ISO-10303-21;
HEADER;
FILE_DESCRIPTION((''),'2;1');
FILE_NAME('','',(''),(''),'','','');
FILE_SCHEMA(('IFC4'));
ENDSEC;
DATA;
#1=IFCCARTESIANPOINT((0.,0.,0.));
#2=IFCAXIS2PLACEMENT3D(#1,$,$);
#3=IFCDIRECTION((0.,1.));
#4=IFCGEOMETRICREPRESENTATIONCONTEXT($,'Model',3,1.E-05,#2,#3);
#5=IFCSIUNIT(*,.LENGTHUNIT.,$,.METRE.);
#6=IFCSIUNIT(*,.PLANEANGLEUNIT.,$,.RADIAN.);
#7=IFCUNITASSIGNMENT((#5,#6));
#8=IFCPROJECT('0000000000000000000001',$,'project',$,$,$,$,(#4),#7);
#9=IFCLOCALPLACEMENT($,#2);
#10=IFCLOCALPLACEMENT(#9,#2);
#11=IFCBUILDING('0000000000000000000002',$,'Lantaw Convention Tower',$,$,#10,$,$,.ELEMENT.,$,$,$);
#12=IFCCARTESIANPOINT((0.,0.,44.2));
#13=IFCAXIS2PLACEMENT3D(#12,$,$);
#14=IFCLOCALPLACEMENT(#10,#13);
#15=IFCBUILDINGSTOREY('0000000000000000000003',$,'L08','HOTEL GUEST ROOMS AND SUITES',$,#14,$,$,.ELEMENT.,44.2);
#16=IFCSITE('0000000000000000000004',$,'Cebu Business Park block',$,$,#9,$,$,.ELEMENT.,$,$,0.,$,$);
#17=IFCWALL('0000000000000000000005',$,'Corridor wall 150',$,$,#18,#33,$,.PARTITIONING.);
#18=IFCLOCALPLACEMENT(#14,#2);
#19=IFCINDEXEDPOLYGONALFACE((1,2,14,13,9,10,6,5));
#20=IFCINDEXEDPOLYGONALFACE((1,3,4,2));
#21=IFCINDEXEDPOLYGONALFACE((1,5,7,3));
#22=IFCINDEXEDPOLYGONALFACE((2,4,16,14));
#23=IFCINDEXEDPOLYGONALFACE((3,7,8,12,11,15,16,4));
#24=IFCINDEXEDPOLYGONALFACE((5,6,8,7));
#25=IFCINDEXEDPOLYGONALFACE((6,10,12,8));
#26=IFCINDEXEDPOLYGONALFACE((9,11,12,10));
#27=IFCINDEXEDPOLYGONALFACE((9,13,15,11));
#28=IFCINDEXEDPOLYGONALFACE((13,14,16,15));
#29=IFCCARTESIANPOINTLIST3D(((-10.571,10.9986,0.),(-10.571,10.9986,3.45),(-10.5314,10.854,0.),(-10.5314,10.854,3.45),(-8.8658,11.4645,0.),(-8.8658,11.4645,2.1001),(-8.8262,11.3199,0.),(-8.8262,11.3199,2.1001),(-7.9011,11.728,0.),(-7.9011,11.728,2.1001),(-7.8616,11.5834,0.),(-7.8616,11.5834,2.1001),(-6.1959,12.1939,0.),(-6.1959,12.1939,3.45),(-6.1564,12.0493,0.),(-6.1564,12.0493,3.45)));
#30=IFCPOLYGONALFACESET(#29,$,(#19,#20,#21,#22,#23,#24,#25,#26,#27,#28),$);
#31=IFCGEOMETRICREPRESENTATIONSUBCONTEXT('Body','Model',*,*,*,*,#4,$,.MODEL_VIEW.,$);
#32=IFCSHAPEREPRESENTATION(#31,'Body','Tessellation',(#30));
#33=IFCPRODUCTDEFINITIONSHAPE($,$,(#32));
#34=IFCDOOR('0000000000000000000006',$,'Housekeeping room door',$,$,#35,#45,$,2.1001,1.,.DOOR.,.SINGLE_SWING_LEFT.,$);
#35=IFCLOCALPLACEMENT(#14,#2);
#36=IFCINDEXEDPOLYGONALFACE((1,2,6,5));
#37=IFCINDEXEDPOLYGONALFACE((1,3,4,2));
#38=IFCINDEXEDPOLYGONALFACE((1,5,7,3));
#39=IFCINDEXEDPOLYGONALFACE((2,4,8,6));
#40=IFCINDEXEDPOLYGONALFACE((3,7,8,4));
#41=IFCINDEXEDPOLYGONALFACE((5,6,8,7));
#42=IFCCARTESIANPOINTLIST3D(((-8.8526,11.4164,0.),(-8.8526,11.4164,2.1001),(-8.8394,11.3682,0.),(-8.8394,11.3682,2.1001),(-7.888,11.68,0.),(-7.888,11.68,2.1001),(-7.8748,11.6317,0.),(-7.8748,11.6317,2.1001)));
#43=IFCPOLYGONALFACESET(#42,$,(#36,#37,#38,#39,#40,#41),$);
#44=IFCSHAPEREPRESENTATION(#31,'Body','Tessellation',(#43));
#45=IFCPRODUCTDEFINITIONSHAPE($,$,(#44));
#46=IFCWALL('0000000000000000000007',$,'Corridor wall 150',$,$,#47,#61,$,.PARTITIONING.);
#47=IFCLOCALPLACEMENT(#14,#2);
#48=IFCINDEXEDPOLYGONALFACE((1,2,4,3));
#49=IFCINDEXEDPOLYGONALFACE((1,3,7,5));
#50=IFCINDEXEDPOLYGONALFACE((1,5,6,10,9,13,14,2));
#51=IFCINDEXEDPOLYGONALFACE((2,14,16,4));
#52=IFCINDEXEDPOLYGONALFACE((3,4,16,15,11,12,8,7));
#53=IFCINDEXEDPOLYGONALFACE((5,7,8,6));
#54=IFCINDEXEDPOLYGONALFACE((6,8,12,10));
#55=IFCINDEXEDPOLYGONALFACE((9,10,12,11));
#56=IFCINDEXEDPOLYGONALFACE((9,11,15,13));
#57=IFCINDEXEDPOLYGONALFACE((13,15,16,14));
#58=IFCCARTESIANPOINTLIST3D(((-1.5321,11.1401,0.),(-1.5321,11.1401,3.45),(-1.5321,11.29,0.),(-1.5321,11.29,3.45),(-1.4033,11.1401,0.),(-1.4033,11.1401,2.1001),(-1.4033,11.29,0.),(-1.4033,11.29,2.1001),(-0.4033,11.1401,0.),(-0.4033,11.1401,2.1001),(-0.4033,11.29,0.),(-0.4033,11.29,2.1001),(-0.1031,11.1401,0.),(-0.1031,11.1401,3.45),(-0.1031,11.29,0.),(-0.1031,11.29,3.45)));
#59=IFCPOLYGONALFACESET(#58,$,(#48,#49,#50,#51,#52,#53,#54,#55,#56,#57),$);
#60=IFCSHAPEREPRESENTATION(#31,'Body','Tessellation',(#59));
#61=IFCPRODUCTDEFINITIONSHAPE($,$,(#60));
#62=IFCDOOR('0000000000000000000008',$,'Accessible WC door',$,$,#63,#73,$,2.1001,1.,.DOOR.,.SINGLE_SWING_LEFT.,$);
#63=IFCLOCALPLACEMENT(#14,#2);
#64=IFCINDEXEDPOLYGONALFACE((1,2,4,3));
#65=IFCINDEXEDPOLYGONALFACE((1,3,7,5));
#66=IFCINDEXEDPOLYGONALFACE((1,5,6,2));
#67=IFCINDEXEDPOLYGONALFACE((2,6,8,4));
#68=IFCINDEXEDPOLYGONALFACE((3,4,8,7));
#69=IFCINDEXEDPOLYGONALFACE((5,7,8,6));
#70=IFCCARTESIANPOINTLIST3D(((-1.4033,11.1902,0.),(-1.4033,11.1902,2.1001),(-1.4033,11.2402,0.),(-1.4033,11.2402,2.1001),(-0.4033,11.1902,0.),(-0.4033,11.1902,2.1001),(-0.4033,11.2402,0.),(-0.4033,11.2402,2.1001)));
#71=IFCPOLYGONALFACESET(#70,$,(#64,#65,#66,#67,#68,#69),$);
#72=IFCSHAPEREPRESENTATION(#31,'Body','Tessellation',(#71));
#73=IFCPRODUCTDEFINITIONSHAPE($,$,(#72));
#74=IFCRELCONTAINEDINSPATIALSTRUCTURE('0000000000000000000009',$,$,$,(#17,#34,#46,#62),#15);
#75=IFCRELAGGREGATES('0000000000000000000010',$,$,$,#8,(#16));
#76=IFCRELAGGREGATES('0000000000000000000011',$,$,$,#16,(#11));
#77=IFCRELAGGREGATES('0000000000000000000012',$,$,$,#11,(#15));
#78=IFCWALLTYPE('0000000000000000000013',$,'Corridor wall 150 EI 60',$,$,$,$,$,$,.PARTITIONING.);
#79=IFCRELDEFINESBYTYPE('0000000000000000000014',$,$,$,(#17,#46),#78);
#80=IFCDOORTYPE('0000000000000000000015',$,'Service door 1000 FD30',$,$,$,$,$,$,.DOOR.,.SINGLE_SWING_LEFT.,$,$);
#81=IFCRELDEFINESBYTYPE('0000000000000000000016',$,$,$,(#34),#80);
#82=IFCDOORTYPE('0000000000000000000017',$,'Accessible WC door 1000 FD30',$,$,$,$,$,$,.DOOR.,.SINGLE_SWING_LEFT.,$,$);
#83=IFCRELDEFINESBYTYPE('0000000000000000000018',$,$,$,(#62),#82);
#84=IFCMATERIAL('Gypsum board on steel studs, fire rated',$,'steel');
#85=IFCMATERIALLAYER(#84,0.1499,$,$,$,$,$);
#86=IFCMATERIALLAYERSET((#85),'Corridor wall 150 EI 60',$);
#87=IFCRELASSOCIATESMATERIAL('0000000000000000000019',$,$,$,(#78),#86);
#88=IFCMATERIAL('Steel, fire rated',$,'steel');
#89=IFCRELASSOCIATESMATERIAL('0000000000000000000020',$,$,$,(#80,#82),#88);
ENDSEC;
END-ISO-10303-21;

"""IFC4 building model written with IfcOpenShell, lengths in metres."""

from ifc_helpers import new_model, si_unit, direction, frame, frame_2d, origin, place, context, subcontext, project, spatial, rectangle, extrude, material, layer, layer_set, type_object, element, fill, save


model = new_model("IFC4")

# Units and contexts
model_context = context("Model", 3, precision=1e-05, world=origin(), true_north=direction((0.0, 1.0)))
body_context = subcontext(model_context, "Body", "Model", "MODEL_VIEW")
ifc_project = project(units=[si_unit("LENGTHUNIT", "METRE"), si_unit("PLANEANGLEUNIT", "RADIAN")], contexts=[model_context])

# Site, building, storey
site_placement = place(None, origin())
site = spatial("IfcSite", under=ifc_project, at=site_placement, Name="Cebu Business Park block", CompositionType="ELEMENT", RefElevation=0.0)
building_placement = place(site_placement, origin())
building = spatial("IfcBuilding", under=site, at=building_placement, Name="Lantaw Convention Tower", CompositionType="ELEMENT")
storey_placement = place(building_placement, frame((0.0, 0.0, 44.2)))
storey = spatial("IfcBuildingStorey", under=building, at=storey_placement, Name="L08", Description="HOTEL GUEST ROOMS AND SUITES", CompositionType="ELEMENT", Elevation=44.2)

# Walls, openings, doors
ifc_material_1 = material(Name="Gypsum board on steel studs, fire rated", Category="steel")
ifc_layer_1 = layer(ifc_material_1, 0.1499)
ifc_layer_set_1 = layer_set([ifc_layer_1], Name="Corridor wall 150 EI 60")
wall_type_1 = type_object("IfcWallType", Name="Corridor wall 150 EI 60", PredefinedType="PARTITIONING", material=ifc_layer_set_1)
ifc_material_2 = material(Name="Steel, fire rated", Category="steel")
wall_1_placement = place(storey_placement, frame((-6.1763, 12.1216, 0.0), z_axis=(0.0, 0.0, 1.0), x_axis=(-0.964644, -0.263555, 0.0)))
wall_1 = element("IfcWall", 1, at=wall_1_placement, inside=storey, type_object=wall_type_1, Name="Corridor wall 150", PredefinedType="PARTITIONING", context=body_context, shape_type="SweptSolid", body=[
    extrude(rectangle(XDim=4.5354, YDim=0.1499, at=frame_2d((2.2676, 0.0))), origin(), (0.0, 0.0, 1.0), 3.45),
])
opening_1_placement = place(wall_1_placement, frame((1.7676, 0.0, 0.0)))
opening_1 = element("IfcOpeningElement", 2, at=opening_1_placement, cuts=wall_1, PredefinedType="OPENING", context=body_context, shape_type="SweptSolid", body=[
    extrude(rectangle(XDim=1.0, YDim=2.1001, at=frame_2d((0.5, 1.05))), frame((0.0, 0.085, 0.0), z_axis=(0.0, -1.0, 0.0), x_axis=(1.0, 0.0, 0.0)), (0.0, 0.0, 1.0), 0.1699),
])
door_type_1 = type_object("IfcDoorType", Name="Service door 1000 FD30", OperationType="SINGLE_SWING_LEFT", PredefinedType="DOOR", material=ifc_material_2)
door_1_placement = place(opening_1_placement, origin())
door_1 = element("IfcDoor", 3, at=door_1_placement, inside=storey, type_object=door_type_1, Name="Housekeeping room door", OperationType="SINGLE_SWING_LEFT", OverallHeight=2.1001, OverallWidth=1.0, PredefinedType="DOOR", context=body_context, shape_type="SweptSolid", body=[
    extrude(rectangle(XDim=1.0, YDim=2.1001, at=frame_2d((0.5, 1.05))), frame((0.0, 0.0249, 0.0), z_axis=(0.0, -1.0, 0.0), x_axis=(1.0, 0.0, 0.0)), (0.0, 0.0, 1.0), 0.05),
])
fill(opening_1, door_1)
wall_2_placement = place(storey_placement, frame((-0.1033, 11.2151, 0.0), z_axis=(0.0, 0.0, 1.0), x_axis=(-1.0, 0.0, 0.0)))
wall_2 = element("IfcWall", 4, at=wall_2_placement, inside=storey, type_object=wall_type_1, Name="Corridor wall 150", PredefinedType="PARTITIONING", context=body_context, shape_type="SweptSolid", body=[
    extrude(rectangle(XDim=1.429, YDim=0.1499, at=frame_2d((0.7144, 0.0))), origin(), (0.0, 0.0, 1.0), 3.45),
])
opening_2_placement = place(wall_2_placement, frame((0.3, 0.0, 0.0)))
opening_2 = element("IfcOpeningElement", 5, at=opening_2_placement, cuts=wall_2, PredefinedType="OPENING", context=body_context, shape_type="SweptSolid", body=[
    extrude(rectangle(XDim=1.0, YDim=2.1001, at=frame_2d((0.5, 1.05))), frame((0.0, 0.085, 0.0), z_axis=(0.0, -1.0, 0.0), x_axis=(1.0, 0.0, 0.0)), (0.0, 0.0, 1.0), 0.1699),
])
door_type_2 = type_object("IfcDoorType", Name="Accessible WC door 1000 FD30", OperationType="SINGLE_SWING_LEFT", PredefinedType="DOOR", material=ifc_material_2)
door_2_placement = place(opening_2_placement, origin())
door_2 = element("IfcDoor", 6, at=door_2_placement, inside=storey, type_object=door_type_2, Name="Accessible WC door", OperationType="SINGLE_SWING_LEFT", OverallHeight=2.1001, OverallWidth=1.0, PredefinedType="DOOR", context=body_context, shape_type="SweptSolid", body=[
    extrude(rectangle(XDim=1.0, YDim=2.1001, at=frame_2d((0.5, 1.05))), frame((0.0, 0.0249, 0.0), z_axis=(0.0, -1.0, 0.0), x_axis=(1.0, 0.0, 0.0)), (0.0, 0.0, 1.0), 0.05),
])
fill(opening_2, door_2)

save(model, "model.ifc")
